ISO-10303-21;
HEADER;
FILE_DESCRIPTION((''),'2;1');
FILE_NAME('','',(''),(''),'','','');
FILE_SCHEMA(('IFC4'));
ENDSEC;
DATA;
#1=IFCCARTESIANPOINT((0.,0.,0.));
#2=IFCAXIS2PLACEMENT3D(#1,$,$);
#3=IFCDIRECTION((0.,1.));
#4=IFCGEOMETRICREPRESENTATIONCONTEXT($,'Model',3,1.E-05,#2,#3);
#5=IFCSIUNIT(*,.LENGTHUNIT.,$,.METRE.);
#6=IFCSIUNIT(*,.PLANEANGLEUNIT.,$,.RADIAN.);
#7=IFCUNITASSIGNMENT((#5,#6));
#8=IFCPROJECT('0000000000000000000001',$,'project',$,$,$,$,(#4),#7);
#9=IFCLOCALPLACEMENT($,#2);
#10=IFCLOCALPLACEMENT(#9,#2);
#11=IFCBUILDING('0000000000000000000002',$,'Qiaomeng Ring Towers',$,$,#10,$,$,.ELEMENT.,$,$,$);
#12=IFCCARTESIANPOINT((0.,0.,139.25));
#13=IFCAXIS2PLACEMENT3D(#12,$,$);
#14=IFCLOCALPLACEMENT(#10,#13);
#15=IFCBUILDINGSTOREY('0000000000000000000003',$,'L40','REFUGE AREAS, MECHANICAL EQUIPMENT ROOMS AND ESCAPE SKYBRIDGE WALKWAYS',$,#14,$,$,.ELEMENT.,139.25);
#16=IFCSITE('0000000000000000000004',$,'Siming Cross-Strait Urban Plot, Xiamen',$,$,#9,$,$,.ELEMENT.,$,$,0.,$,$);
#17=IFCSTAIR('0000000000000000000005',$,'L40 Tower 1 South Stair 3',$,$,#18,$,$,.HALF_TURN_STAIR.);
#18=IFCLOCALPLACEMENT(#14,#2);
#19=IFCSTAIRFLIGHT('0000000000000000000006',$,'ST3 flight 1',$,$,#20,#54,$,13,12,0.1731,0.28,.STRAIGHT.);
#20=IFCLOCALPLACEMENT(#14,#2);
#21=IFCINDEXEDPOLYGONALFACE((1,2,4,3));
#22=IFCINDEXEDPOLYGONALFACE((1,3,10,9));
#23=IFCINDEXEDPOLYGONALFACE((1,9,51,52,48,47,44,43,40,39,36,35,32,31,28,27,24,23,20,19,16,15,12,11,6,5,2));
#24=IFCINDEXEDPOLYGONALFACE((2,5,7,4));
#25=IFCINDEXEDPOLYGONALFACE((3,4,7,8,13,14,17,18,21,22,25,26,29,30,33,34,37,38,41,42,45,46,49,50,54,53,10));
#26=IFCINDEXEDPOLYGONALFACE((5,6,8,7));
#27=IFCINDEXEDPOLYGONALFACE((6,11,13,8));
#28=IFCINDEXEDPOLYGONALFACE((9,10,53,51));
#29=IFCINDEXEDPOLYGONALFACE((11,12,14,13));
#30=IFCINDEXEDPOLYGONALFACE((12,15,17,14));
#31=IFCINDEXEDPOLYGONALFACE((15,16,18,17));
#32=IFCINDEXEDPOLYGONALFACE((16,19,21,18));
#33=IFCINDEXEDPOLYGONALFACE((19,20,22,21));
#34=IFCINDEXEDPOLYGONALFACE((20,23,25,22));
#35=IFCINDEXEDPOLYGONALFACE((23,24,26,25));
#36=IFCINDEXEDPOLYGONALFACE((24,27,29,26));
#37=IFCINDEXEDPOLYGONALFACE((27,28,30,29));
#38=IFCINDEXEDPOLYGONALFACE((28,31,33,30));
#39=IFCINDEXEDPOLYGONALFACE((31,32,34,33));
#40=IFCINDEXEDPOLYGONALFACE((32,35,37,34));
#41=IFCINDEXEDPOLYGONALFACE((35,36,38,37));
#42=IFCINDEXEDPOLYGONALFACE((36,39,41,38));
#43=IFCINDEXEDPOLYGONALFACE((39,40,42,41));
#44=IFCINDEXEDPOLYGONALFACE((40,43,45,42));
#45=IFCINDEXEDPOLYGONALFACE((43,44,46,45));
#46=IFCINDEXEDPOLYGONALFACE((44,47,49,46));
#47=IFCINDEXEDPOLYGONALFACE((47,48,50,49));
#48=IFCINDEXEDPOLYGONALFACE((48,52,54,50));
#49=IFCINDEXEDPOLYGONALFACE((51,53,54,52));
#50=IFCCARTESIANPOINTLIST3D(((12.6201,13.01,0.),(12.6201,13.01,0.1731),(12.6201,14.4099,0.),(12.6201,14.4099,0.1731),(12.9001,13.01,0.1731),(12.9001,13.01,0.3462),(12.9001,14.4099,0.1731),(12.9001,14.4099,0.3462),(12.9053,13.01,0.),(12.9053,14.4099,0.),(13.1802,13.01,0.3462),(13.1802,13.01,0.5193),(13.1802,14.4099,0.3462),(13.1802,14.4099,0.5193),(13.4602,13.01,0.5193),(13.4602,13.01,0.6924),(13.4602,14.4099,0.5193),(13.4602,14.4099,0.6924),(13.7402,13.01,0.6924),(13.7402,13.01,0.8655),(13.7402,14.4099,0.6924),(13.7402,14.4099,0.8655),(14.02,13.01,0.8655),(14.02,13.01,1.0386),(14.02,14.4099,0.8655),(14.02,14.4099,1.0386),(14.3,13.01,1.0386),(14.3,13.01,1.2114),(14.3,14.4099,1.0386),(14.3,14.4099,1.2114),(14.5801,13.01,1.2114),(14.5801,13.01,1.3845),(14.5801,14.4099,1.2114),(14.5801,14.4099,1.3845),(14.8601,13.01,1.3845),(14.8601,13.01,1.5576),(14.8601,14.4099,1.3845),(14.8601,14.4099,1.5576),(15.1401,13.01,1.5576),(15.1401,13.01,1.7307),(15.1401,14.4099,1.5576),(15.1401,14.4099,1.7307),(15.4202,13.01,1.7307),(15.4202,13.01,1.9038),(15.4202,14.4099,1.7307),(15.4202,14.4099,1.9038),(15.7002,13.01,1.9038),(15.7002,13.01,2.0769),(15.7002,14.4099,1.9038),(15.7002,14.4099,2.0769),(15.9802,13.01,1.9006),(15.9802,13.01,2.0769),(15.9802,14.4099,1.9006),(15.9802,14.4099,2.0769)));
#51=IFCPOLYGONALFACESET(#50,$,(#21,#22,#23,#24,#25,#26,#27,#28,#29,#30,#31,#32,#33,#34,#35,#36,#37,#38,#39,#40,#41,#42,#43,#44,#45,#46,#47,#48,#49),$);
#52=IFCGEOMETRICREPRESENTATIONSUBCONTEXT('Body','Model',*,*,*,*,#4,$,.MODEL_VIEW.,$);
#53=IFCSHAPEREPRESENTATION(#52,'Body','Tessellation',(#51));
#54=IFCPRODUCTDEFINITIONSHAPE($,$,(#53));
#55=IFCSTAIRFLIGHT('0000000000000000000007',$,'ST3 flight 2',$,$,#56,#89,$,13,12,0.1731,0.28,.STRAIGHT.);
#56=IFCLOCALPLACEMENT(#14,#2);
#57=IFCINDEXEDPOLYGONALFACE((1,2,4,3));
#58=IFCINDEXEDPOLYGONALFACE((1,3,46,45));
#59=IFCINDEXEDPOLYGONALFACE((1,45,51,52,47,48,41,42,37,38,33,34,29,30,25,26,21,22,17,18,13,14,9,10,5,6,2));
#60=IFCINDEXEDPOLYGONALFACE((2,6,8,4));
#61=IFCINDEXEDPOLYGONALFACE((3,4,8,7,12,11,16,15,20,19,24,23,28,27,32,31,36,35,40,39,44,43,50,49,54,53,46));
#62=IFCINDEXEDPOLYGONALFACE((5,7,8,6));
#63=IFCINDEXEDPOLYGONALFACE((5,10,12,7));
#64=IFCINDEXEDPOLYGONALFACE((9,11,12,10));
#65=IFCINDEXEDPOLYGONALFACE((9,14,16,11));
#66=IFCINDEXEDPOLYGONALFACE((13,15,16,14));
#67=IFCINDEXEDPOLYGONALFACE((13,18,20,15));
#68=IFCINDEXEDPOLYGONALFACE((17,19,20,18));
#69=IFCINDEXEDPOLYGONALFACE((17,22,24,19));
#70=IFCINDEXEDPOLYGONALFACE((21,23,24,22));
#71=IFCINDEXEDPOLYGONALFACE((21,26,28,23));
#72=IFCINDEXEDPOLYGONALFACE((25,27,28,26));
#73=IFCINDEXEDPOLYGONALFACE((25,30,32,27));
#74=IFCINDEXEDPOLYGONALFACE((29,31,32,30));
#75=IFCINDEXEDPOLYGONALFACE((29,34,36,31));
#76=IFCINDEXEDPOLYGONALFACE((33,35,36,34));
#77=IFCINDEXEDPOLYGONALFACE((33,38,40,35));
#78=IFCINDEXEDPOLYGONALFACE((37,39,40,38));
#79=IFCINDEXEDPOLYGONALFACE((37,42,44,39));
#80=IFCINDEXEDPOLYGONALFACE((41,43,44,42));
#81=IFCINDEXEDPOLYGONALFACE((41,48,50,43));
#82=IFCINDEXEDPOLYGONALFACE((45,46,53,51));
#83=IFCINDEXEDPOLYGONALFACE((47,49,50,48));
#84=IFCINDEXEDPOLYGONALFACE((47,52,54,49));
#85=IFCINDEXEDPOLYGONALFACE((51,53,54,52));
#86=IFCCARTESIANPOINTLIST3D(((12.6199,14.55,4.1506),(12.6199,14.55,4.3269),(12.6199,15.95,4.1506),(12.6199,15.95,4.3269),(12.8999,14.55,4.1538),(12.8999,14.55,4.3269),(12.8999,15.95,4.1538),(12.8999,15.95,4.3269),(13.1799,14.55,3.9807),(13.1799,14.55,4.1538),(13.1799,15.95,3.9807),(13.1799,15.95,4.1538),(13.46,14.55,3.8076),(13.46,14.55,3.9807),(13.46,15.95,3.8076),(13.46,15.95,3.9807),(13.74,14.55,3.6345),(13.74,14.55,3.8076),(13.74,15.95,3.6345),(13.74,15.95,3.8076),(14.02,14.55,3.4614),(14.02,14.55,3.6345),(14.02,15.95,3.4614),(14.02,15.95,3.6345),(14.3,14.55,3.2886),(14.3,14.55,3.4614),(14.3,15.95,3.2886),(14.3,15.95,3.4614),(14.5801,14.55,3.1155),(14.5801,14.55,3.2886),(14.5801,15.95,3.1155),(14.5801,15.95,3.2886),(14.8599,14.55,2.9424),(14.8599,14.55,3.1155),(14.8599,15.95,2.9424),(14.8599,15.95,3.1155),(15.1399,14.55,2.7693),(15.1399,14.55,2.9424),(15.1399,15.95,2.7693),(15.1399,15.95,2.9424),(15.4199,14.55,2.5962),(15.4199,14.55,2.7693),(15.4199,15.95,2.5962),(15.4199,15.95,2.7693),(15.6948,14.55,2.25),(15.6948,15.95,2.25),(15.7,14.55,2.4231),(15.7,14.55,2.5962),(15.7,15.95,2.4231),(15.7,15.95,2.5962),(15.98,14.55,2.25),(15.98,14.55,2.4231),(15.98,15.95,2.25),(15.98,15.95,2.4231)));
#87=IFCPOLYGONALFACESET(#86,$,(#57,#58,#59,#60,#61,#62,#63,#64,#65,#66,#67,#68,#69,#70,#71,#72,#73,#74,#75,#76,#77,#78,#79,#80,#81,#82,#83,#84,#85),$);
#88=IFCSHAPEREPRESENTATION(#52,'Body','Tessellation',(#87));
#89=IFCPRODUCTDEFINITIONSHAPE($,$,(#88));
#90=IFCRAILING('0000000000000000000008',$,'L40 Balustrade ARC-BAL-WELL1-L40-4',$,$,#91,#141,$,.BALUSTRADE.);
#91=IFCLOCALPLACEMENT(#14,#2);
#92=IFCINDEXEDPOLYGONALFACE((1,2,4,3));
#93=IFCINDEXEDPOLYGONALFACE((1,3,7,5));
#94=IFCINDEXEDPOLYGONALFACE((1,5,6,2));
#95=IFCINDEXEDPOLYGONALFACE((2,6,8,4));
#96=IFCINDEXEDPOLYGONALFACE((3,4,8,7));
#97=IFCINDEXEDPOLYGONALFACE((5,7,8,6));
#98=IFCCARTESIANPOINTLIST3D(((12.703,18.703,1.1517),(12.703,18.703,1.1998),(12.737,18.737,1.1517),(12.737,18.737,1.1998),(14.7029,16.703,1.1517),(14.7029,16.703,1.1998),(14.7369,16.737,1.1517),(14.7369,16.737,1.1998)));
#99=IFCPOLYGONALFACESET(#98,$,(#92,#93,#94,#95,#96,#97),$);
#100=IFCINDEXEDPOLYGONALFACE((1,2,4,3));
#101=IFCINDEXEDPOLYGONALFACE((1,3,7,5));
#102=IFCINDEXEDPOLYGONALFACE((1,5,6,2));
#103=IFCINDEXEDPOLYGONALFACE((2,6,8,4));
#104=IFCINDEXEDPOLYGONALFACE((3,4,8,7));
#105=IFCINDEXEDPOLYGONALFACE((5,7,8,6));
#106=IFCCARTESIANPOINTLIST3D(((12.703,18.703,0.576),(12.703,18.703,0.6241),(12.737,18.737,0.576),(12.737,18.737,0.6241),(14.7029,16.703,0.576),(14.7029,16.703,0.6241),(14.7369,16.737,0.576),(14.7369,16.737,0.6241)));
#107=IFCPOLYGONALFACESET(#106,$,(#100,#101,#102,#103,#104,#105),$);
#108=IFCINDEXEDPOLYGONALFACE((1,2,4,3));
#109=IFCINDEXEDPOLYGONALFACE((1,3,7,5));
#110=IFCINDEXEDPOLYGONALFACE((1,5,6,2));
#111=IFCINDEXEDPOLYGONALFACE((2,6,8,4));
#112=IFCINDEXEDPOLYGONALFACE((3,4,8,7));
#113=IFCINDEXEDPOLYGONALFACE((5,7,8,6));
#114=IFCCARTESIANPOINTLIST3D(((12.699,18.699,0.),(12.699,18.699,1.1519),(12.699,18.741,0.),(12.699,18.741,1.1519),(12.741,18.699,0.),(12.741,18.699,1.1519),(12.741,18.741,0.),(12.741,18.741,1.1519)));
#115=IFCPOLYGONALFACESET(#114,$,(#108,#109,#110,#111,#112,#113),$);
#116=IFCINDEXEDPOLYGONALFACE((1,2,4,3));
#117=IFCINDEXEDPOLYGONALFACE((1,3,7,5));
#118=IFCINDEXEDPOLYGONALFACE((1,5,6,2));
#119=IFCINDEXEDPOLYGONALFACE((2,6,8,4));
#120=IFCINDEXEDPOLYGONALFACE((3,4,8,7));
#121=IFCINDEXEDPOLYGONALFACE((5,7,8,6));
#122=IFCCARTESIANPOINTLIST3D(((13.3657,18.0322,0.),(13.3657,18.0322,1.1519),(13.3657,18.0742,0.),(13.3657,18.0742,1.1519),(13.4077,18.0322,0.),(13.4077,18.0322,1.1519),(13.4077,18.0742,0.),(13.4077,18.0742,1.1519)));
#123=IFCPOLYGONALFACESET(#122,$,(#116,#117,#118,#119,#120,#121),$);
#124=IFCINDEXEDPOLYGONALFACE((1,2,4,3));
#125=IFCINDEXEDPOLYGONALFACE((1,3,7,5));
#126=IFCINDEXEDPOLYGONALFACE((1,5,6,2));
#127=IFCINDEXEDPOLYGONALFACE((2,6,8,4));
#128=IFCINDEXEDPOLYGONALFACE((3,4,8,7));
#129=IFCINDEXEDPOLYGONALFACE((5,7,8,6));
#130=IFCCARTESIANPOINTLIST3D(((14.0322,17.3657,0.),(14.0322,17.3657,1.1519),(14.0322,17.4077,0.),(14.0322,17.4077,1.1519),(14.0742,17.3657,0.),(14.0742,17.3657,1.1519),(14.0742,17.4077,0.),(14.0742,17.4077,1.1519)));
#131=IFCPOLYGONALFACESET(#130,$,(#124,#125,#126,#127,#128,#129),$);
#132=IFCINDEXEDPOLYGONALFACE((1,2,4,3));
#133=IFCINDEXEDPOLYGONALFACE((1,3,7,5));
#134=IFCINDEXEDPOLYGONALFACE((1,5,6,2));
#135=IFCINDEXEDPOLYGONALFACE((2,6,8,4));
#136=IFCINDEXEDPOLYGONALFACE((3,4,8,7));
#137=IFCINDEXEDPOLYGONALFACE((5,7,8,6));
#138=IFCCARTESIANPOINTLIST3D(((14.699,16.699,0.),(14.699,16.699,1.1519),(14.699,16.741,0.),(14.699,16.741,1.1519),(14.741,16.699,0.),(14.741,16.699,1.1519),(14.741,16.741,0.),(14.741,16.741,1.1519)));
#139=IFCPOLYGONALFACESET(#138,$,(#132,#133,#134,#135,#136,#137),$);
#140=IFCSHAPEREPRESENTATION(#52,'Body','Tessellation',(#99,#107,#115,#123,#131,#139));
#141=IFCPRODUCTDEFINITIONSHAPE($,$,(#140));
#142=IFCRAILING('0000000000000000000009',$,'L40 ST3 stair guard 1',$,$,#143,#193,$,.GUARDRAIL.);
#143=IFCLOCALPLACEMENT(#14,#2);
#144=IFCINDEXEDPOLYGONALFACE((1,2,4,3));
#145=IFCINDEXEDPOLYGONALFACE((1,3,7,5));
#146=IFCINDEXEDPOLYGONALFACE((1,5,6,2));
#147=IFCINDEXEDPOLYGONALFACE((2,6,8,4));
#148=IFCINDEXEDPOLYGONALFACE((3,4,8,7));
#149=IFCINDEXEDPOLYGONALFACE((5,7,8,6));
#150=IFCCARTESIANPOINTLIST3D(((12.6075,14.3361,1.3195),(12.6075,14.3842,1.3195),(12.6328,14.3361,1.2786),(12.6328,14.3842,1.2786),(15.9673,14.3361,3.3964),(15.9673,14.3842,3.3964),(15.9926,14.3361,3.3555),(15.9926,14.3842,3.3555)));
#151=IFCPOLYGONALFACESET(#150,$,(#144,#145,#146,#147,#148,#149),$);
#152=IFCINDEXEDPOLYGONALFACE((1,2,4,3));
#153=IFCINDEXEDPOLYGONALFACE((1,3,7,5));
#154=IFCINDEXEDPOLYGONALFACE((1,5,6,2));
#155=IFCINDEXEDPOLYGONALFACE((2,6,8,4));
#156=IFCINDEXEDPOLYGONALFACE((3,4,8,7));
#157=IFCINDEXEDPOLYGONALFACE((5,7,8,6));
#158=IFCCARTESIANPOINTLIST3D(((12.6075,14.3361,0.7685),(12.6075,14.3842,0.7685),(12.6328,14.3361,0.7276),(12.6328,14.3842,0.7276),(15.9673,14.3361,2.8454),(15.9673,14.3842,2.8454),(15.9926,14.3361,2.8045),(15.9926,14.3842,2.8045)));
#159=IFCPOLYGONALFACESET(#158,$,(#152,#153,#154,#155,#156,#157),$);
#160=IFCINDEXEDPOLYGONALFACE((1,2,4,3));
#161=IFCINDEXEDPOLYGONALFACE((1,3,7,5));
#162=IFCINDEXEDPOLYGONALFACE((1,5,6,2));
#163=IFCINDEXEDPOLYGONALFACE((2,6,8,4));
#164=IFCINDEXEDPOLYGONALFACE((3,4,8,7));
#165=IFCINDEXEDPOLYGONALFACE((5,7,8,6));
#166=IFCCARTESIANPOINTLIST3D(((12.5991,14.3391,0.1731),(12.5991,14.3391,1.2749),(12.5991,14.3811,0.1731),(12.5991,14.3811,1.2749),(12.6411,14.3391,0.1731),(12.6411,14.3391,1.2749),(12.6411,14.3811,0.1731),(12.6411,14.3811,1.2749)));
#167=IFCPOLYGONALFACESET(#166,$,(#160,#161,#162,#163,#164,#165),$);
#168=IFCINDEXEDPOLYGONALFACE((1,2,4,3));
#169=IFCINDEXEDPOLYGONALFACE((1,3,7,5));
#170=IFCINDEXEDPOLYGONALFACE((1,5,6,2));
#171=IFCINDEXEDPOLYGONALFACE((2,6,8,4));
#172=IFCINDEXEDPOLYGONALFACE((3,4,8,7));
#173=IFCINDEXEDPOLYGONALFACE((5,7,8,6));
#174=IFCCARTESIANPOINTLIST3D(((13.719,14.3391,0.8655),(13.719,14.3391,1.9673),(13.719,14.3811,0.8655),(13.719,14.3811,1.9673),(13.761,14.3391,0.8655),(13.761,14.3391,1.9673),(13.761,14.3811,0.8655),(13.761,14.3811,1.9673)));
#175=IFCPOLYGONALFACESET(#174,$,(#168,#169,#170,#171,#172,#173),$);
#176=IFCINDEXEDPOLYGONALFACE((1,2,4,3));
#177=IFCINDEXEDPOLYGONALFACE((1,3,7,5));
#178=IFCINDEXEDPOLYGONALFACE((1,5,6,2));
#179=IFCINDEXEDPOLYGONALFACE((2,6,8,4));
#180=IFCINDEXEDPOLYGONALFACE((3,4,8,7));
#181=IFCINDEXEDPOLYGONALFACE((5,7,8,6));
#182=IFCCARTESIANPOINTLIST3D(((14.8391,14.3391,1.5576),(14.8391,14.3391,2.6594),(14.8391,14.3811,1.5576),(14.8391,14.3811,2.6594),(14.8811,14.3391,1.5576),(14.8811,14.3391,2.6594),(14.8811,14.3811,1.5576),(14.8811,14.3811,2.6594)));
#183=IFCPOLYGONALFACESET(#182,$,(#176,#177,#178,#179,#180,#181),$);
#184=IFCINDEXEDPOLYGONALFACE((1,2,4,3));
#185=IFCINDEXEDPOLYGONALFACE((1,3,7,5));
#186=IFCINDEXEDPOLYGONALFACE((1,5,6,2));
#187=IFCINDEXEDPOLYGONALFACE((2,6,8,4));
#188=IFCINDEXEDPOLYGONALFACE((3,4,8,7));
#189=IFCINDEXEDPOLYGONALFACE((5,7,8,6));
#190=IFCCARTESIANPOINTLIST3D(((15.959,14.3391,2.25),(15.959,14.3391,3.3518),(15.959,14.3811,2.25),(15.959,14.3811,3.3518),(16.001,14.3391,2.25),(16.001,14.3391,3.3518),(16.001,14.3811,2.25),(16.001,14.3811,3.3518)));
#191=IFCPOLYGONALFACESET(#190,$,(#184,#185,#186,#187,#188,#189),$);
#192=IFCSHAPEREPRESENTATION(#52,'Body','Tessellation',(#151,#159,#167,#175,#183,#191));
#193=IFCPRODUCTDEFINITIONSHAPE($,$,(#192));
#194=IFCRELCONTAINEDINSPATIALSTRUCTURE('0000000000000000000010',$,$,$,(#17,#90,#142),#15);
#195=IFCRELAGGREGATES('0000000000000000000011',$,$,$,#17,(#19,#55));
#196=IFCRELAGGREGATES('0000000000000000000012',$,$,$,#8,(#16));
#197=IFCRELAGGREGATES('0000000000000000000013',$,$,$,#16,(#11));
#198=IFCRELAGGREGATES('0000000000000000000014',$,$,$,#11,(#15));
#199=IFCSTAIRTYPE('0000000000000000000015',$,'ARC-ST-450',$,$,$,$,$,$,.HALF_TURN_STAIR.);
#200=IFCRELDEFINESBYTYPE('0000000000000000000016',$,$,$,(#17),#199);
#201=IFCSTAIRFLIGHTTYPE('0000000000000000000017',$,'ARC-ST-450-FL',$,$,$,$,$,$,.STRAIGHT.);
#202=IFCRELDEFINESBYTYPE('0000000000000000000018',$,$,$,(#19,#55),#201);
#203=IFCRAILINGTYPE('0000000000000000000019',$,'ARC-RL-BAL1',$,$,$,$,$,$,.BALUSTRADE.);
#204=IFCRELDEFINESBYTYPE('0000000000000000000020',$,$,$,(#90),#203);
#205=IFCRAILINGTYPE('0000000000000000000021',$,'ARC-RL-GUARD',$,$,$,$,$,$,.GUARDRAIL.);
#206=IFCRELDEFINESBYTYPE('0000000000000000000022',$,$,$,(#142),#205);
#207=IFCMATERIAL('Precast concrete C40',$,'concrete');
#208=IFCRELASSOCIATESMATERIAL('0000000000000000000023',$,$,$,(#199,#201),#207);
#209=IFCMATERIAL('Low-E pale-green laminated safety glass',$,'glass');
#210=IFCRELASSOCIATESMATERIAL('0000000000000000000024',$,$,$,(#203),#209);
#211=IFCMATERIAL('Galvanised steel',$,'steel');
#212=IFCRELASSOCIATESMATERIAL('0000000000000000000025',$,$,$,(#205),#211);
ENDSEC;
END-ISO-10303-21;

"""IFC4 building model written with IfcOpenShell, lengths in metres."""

from ifc_helpers import new_model, si_unit, direction, frame, origin, origin_2d, place, context, subcontext, project, spatial, polyline, rectangle, outline, extrude, source, transform, mapped, material, type_object, element, aggregate, save


model = new_model("IFC4")

# Units and contexts
model_context = context("Model", 3, precision=1e-05, world=origin(), true_north=direction((0.0, 1.0)))
body_context = subcontext(model_context, "Body", "Model", "MODEL_VIEW")
ifc_project = project(units=[si_unit("LENGTHUNIT", "METRE"), si_unit("PLANEANGLEUNIT", "RADIAN")], contexts=[model_context])

# Site, building, storey
site_placement = place(None, origin())
site = spatial("IfcSite", under=ifc_project, at=site_placement, Name="Siming Cross-Strait Urban Plot, Xiamen", CompositionType="ELEMENT", RefElevation=0.0)
building_placement = place(site_placement, origin())
building = spatial("IfcBuilding", under=site, at=building_placement, Name="Qiaomeng Ring Towers", CompositionType="ELEMENT")
storey_placement = place(building_placement, frame((0.0, 0.0, 139.25)))
storey = spatial("IfcBuildingStorey", under=building, at=storey_placement, Name="L40", Description="REFUGE AREAS, MECHANICAL EQUIPMENT ROOMS AND ESCAPE SKYBRIDGE WALKWAYS", CompositionType="ELEMENT", Elevation=139.25)

# Stair, stair flights
ifc_material_1 = material(Name="Precast concrete C40", Category="concrete")
stair_type = type_object("IfcStairType", Name="ARC-ST-450", PredefinedType="HALF_TURN_STAIR", material=ifc_material_1)
stair_placement = place(storey_placement, origin())
stair = element("IfcStair", 1, at=stair_placement, inside=storey, type_object=stair_type, Name="L40 Tower 1 South Stair 3", PredefinedType="HALF_TURN_STAIR")
stair_flight_type = type_object("IfcStairFlightType", Name="ARC-ST-450-FL", PredefinedType="STRAIGHT", material=ifc_material_1)
shared_shape_1 = source(origin(), body_context, "Body", "SweptSolid", [
    extrude(outline(polyline([(0.0, 0.0), (0.0, 0.1731), (0.28, 0.1731), (0.28, 0.3462), (0.5601, 0.3462), (0.5601, 0.5193), (0.8401, 0.5193), (0.8401, 0.6924), (1.1201, 0.6924), (1.1201, 0.8655), (1.3999, 0.8655), (1.3999, 1.0386), (1.6799, 1.0386), (1.6799, 1.2114), (1.96, 1.2114), (1.96, 1.3845), (2.24, 1.3845), (2.24, 1.5576), (2.52, 1.5576), (2.52, 1.7307), (2.8, 1.7307), (2.8, 1.9038), (3.0801, 1.9038), (3.0801, 2.0769), (3.3601, 2.0769), (3.3601, 2.25), (3.3601, 1.9006), (0.2852, 0.0), (0.0, 0.0)])), frame((0.0, 0.7, 0.0), z_axis=(0.0, -1.0, 0.0), x_axis=(1.0, 0.0, 0.0)), (0.0, 0.0, 1.0), 1.3999),
])
stair_flight_1_placement = place(storey_placement, frame((12.6201, 13.71, 0.0), z_axis=(0.0, 0.0, 1.0), x_axis=(1.0, 0.0, 0.0)))
stair_flight_1 = element("IfcStairFlight", 2, at=stair_flight_1_placement, type_object=stair_flight_type, Name="ST3 flight 1", NumberOfRisers=13, NumberOfTreads=12, PredefinedType="STRAIGHT", RiserHeight=0.1731, TreadLength=0.28, context=body_context, shape_type="MappedRepresentation", body=[
    mapped(shared_shape_1, transform((0.0, 0.0, 0.0), x_axis=(1.0, 0.0, 0.0), y_axis=(0.0, 1.0, 0.0), z_axis=(0.0, 0.0, 1.0), scale=1.0)),
])
stair_flight_2_placement = place(storey_placement, frame((15.98, 15.25, 2.25), z_axis=(0.0, 0.0, 1.0), x_axis=(-1.0, 0.0, 0.0)))
stair_flight_2 = element("IfcStairFlight", 3, at=stair_flight_2_placement, type_object=stair_flight_type, Name="ST3 flight 2", NumberOfRisers=13, NumberOfTreads=12, PredefinedType="STRAIGHT", RiserHeight=0.1731, TreadLength=0.28, context=body_context, shape_type="MappedRepresentation", body=[
    mapped(shared_shape_1, transform((0.0, 0.0, 0.0), x_axis=(1.0, 0.0, 0.0), y_axis=(0.0, 1.0, 0.0), z_axis=(0.0, 0.0, 1.0), scale=1.0)),
])
aggregate(stair, [stair_flight_1, stair_flight_2])

# Railings
ifc_material_2 = material(Name="Low-E pale-green laminated safety glass", Category="glass")
railing_type_1 = type_object("IfcRailingType", Name="ARC-RL-BAL1", PredefinedType="BALUSTRADE", material=ifc_material_2)
railing_1_placement = place(storey_placement, frame((12.72, 18.72, 0.0)))
element("IfcRailing", 4, at=railing_1_placement, inside=storey, type_object=railing_type_1, Name="L40 Balustrade ARC-BAL-WELL1-L40-4", PredefinedType="BALUSTRADE", context=body_context, shape_type="SweptSolid", body=[
    extrude(rectangle(XDim=0.0481, YDim=0.0481, at=origin_2d()), frame((0.0, 0.0, 1.1758), z_axis=(0.707107, -0.707107, 0.0), x_axis=(0.707107, 0.707107, 0.0)), (0.0, 0.0, 1.0), 2.8284),
    extrude(rectangle(XDim=0.0481, YDim=0.0481, at=origin_2d()), frame((0.0, 0.0, 0.6001), z_axis=(0.707107, -0.707107, 0.0), x_axis=(0.707107, 0.707107, 0.0)), (0.0, 0.0, 1.0), 2.8284),
    extrude(rectangle(XDim=0.042, YDim=0.042, at=origin_2d()), origin(), (0.0, 0.0, 1.0), 1.1519),
    extrude(rectangle(XDim=0.042, YDim=0.042, at=origin_2d()), frame((0.6667, -0.6667, 0.0)), (0.0, 0.0, 1.0), 1.1519),
    extrude(rectangle(XDim=0.042, YDim=0.042, at=origin_2d()), frame((1.3333, -1.3333, 0.0)), (0.0, 0.0, 1.0), 1.1519),
    extrude(rectangle(XDim=0.042, YDim=0.042, at=origin_2d()), frame((2.0, -2.0, 0.0)), (0.0, 0.0, 1.0), 1.1519),
])
ifc_material_3 = material(Name="Galvanised steel", Category="steel")
railing_type_2 = type_object("IfcRailingType", Name="ARC-RL-GUARD", PredefinedType="GUARDRAIL", material=ifc_material_3)
railing_2_placement = place(storey_placement, frame((12.6201, 14.3601, 0.1731)))
element("IfcRailing", 5, at=railing_2_placement, inside=storey, type_object=railing_type_2, Name="L40 ST3 stair guard 1", PredefinedType="GUARDRAIL", context=body_context, shape_type="SweptSolid", body=[
    extrude(rectangle(XDim=0.0481, YDim=0.0481, at=origin_2d()), frame((0.0, 0.0, 1.126), z_axis=(0.850606, 0.0, 0.525803), x_axis=(0.0, 1.0, 0.0)), (0.0, 0.0, 1.0), 3.95),
    extrude(rectangle(XDim=0.0481, YDim=0.0481, at=origin_2d()), frame((0.0, 0.0, 0.575), z_axis=(0.850606, 0.0, 0.525803), x_axis=(0.0, 1.0, 0.0)), (0.0, 0.0, 1.0), 3.95),
    extrude(rectangle(XDim=0.042, YDim=0.042, at=origin_2d()), origin(), (0.0, 0.0, 1.0), 1.1018),
    extrude(rectangle(XDim=0.042, YDim=0.042, at=origin_2d()), frame((1.1199, 0.0, 0.6924)), (0.0, 0.0, 1.0), 1.1018),
    extrude(rectangle(XDim=0.042, YDim=0.042, at=origin_2d()), frame((2.24, 0.0, 1.3845)), (0.0, 0.0, 1.0), 1.1018),
    extrude(rectangle(XDim=0.042, YDim=0.042, at=origin_2d()), frame((3.3599, 0.0, 2.0769)), (0.0, 0.0, 1.0), 1.1018),
])

save(model, "model.ifc")
